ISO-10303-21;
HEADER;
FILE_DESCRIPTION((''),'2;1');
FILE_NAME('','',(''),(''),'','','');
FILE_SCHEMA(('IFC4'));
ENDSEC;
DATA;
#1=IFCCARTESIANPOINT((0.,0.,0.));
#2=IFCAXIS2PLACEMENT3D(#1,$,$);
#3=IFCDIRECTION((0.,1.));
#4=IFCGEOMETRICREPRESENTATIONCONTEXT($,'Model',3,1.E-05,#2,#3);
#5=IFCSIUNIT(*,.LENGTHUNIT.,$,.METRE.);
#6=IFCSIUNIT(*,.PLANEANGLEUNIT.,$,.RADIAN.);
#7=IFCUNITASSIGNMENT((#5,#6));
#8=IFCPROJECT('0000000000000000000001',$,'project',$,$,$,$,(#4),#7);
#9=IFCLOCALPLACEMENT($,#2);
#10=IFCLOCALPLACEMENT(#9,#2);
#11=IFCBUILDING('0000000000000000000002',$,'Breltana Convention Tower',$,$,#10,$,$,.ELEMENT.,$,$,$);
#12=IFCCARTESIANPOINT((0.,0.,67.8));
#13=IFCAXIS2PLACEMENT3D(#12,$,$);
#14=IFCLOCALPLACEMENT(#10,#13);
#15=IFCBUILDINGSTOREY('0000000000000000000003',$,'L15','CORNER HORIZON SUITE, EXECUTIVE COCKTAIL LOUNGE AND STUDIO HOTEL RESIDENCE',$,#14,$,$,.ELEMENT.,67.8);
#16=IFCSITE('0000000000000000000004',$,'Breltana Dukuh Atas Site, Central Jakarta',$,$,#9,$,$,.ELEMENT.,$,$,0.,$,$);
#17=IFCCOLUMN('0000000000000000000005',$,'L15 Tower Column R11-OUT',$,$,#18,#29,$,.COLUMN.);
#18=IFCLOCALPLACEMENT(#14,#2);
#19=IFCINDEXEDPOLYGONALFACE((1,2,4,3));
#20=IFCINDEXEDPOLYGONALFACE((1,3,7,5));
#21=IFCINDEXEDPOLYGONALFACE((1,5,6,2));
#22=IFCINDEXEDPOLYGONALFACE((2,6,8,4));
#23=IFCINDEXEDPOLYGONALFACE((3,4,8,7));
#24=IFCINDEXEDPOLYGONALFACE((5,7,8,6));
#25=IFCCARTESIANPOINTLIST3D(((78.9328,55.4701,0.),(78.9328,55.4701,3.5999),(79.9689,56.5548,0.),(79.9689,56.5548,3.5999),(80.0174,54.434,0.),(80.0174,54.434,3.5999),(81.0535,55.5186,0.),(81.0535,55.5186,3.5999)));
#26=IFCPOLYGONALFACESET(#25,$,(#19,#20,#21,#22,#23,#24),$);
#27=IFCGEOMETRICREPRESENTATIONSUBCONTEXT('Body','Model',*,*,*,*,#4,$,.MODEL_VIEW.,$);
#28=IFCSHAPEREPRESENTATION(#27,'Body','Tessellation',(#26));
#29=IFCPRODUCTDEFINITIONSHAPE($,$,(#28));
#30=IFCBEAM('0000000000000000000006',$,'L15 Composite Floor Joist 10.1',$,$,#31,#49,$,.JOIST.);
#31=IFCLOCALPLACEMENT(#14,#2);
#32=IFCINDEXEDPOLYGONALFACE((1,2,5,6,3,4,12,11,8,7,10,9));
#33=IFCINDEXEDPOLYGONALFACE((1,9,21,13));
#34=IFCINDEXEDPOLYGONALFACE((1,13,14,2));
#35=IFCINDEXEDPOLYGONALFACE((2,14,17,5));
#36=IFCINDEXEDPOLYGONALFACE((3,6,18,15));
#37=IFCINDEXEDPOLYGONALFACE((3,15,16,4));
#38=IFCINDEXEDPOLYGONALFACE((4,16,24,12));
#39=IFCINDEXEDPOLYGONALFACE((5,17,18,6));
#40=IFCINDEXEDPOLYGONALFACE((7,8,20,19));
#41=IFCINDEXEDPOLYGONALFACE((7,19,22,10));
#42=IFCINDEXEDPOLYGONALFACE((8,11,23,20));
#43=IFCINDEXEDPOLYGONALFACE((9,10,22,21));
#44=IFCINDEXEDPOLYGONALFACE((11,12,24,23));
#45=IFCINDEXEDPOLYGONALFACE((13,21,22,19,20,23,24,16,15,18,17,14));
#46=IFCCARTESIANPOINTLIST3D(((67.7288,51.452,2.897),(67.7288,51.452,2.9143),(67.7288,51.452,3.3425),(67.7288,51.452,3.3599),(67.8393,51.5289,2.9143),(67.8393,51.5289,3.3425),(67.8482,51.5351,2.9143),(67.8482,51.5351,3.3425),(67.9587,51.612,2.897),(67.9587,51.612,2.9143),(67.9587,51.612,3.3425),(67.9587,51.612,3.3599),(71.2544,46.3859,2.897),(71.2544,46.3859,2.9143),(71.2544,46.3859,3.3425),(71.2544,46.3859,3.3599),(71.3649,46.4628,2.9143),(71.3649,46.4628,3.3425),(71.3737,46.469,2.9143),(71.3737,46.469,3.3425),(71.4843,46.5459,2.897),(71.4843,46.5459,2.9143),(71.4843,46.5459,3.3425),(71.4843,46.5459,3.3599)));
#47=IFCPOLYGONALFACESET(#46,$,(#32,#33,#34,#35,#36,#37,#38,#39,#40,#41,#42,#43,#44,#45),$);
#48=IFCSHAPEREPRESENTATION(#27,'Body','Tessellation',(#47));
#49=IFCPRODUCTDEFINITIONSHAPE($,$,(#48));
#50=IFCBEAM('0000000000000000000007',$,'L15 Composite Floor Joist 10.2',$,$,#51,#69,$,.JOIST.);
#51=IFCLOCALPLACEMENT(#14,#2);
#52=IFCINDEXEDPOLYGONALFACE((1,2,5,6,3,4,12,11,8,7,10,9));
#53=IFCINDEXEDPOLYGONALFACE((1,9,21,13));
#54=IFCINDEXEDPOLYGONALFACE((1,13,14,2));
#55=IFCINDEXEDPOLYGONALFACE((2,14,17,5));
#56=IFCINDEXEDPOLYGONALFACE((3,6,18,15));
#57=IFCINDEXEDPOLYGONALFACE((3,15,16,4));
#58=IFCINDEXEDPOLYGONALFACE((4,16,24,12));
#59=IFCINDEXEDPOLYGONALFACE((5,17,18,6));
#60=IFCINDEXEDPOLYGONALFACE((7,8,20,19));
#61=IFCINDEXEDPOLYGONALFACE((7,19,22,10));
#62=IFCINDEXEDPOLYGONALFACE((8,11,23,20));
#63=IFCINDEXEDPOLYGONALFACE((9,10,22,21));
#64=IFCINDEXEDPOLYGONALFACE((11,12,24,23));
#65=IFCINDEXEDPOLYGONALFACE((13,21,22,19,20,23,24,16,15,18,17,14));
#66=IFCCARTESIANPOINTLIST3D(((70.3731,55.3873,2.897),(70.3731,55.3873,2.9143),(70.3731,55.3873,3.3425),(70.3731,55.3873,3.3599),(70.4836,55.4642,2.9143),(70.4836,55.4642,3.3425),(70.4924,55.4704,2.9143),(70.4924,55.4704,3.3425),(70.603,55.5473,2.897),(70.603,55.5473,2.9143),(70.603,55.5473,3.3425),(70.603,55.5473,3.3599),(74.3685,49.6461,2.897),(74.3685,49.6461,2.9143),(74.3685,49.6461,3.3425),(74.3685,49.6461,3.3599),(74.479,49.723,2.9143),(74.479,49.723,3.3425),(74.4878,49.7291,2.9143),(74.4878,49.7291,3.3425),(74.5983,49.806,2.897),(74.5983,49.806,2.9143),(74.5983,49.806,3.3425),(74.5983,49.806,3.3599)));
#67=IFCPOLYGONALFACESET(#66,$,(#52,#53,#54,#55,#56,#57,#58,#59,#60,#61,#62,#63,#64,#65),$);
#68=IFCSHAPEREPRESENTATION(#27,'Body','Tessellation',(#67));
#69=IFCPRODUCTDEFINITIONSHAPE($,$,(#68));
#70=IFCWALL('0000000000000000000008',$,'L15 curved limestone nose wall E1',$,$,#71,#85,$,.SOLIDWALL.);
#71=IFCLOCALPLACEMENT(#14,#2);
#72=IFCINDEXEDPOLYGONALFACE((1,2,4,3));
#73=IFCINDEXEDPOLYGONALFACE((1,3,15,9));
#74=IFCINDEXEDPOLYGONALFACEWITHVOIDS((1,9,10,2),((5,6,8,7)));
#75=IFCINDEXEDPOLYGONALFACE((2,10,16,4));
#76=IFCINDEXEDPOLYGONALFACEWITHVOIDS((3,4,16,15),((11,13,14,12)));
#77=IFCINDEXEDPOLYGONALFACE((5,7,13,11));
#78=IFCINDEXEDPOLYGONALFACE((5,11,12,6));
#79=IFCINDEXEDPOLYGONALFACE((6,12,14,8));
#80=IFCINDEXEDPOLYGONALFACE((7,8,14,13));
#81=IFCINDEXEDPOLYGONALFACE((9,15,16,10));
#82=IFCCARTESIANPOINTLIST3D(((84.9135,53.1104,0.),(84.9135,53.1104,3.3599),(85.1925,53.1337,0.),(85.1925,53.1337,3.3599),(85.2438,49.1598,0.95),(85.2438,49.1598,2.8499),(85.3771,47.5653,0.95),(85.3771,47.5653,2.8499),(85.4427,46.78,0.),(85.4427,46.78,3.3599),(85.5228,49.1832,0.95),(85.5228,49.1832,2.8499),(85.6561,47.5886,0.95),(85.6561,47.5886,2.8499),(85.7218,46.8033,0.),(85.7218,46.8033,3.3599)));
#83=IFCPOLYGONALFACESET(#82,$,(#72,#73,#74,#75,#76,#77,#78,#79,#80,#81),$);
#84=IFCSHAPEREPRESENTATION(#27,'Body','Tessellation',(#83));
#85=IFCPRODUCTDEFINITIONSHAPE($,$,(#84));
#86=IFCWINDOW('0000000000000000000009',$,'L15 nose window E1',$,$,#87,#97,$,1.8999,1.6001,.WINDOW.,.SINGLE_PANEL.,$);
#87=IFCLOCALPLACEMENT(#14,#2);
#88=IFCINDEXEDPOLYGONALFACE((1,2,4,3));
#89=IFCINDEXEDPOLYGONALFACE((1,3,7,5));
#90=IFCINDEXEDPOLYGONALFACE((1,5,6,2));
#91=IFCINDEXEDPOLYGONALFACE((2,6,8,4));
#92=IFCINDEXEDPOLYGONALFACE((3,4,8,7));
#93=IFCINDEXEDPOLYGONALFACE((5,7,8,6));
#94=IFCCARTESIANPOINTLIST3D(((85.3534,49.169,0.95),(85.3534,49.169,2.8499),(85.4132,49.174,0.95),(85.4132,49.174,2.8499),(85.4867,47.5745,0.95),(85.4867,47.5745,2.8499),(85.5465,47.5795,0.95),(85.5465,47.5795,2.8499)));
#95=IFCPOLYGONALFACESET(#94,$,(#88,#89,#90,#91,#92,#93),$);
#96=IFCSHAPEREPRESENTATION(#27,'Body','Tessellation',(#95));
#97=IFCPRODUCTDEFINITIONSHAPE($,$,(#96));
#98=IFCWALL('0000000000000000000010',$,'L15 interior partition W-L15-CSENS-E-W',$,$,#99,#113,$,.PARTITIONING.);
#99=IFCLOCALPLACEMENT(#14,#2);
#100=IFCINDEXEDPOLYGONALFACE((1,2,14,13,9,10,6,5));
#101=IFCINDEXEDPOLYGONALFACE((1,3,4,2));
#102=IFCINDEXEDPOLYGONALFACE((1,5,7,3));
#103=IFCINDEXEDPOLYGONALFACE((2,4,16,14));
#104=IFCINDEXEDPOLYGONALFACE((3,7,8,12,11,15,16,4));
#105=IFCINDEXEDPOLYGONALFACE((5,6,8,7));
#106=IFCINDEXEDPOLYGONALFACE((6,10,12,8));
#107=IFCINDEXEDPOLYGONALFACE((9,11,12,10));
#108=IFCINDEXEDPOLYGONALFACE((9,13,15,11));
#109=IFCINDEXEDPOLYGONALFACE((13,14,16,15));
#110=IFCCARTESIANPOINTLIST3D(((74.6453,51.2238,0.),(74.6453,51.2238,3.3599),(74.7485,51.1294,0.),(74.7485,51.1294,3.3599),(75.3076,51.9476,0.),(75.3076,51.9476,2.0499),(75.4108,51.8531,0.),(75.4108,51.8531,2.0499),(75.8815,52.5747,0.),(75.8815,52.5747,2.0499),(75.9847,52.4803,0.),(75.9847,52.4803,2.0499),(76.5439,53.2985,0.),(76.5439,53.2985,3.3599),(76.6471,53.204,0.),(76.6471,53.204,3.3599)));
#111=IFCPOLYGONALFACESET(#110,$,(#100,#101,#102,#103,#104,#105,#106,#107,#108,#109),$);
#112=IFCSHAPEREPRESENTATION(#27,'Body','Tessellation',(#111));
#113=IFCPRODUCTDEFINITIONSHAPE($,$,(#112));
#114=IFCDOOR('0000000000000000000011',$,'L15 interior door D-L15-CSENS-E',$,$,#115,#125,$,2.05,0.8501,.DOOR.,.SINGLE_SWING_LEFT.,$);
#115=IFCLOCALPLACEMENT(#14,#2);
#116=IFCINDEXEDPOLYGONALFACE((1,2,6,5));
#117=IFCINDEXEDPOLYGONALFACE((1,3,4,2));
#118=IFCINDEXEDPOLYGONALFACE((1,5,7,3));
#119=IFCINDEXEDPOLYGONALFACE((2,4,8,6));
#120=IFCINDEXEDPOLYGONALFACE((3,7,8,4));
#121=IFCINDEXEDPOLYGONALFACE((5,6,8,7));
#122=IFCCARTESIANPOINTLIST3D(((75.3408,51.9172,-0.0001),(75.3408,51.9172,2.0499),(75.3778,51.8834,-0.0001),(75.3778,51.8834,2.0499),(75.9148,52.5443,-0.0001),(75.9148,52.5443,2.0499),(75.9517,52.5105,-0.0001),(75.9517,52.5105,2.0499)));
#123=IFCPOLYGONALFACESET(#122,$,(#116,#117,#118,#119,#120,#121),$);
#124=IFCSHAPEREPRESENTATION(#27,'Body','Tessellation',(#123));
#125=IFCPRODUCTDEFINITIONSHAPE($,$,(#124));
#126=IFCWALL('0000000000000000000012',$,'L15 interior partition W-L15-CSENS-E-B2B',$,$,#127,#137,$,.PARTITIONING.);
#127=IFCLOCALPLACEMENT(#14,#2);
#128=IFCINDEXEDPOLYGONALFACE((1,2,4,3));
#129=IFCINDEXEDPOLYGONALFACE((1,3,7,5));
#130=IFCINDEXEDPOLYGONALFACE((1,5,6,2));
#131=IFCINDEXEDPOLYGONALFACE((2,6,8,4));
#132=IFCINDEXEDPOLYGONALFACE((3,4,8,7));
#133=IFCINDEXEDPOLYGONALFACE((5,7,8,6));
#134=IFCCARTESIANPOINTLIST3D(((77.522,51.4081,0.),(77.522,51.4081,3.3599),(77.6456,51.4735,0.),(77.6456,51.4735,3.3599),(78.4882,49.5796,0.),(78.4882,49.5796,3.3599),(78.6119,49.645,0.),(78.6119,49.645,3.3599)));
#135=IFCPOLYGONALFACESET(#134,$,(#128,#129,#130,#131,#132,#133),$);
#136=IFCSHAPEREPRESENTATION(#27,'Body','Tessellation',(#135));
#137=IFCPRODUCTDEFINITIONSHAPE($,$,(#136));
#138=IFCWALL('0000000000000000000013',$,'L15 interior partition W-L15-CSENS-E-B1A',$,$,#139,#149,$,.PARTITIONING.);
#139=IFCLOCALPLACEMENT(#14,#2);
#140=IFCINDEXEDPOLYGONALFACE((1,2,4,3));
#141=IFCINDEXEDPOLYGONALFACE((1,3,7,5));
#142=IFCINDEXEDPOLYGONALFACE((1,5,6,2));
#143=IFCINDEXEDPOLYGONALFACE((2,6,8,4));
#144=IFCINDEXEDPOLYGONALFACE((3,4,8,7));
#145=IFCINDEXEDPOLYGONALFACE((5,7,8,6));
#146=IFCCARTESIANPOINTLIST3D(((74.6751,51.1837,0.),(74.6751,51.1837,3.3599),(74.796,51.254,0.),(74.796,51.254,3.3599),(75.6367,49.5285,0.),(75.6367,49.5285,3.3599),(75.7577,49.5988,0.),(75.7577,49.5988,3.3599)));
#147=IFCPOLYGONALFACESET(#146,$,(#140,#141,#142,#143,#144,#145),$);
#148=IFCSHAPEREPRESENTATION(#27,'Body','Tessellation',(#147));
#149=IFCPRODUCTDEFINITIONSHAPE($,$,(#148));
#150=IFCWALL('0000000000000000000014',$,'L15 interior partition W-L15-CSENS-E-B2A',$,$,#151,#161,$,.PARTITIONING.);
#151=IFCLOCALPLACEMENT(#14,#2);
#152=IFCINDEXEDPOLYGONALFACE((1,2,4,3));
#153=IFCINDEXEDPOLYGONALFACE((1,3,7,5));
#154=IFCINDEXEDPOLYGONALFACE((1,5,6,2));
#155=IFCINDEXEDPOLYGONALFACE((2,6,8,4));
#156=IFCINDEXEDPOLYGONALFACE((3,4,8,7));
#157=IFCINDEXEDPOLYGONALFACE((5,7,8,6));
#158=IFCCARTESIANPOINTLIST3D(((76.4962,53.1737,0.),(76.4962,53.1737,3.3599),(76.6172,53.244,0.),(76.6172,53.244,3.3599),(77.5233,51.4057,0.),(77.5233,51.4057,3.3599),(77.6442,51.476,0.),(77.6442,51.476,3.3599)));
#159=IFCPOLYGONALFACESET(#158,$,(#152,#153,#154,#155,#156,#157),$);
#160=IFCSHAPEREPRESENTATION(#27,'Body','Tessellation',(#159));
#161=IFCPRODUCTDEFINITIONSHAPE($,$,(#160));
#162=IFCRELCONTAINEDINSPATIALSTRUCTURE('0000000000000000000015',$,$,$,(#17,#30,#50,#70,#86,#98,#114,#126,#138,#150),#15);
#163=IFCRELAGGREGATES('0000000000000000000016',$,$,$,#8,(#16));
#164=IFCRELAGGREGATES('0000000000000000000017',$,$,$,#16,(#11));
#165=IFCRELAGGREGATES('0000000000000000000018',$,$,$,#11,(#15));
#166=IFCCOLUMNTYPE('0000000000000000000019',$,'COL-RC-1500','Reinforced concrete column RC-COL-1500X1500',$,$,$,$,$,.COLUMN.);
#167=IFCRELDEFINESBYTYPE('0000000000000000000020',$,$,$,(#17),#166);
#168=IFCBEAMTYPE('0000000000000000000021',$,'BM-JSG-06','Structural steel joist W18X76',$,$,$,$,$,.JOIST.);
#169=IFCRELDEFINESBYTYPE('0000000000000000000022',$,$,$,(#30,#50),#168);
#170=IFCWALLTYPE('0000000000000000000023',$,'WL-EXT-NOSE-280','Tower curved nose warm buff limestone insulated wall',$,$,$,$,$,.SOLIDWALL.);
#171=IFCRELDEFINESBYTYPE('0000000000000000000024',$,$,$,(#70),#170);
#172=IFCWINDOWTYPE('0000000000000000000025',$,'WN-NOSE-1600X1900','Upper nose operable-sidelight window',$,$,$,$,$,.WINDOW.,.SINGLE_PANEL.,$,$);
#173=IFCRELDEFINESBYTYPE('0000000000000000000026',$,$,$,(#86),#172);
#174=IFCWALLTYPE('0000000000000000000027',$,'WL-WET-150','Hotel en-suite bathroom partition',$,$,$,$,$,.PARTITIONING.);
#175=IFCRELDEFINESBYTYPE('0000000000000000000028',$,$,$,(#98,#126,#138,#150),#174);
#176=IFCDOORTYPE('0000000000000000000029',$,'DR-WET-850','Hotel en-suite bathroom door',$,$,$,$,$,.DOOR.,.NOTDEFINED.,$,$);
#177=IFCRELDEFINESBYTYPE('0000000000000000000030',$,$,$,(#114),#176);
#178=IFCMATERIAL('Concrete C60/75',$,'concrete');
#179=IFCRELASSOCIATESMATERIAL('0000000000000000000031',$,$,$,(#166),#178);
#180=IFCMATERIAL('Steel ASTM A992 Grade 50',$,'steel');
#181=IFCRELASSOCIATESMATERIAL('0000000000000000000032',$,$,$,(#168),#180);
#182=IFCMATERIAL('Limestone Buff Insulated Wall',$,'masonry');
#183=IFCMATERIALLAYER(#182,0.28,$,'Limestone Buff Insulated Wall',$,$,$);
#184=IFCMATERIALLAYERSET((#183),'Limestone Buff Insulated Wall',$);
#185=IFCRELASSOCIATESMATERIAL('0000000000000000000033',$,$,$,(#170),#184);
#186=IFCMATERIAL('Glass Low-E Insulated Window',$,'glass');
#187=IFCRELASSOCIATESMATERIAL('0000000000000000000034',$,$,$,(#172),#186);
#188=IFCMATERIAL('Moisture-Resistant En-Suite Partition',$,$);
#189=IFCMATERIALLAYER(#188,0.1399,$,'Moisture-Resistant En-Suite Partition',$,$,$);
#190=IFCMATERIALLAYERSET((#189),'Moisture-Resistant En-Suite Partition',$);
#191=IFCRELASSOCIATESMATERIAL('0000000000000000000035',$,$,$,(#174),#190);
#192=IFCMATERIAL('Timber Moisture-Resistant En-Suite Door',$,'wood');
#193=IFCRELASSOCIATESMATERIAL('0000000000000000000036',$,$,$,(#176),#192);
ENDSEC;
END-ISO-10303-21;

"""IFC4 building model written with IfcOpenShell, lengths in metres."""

from ifc_helpers import new_model, si_unit, direction, frame, frame_2d, origin, origin_2d, place, context, subcontext, project, spatial, rectangle, i_section, extrude, source, transform, mapped, material, layer, layer_set, material_profile, profile_set, type_object, type_shapes, element, fill, save


model = new_model("IFC4")

# Units and contexts
model_context = context("Model", 3, precision=1e-05, world=origin(), true_north=direction((0.0, 1.0)))
body_context = subcontext(model_context, "Body", "Model", "MODEL_VIEW")
ifc_project = project(units=[si_unit("LENGTHUNIT", "METRE"), si_unit("PLANEANGLEUNIT", "RADIAN")], contexts=[model_context])

# Site, building, storey
site_placement = place(None, origin())
site = spatial("IfcSite", under=ifc_project, at=site_placement, Name="Breltana Dukuh Atas Site, Central Jakarta", CompositionType="ELEMENT", RefElevation=0.0)
building_placement = place(site_placement, origin())
building = spatial("IfcBuilding", under=site, at=building_placement, Name="Breltana Convention Tower", CompositionType="ELEMENT")
storey_placement = place(building_placement, frame((0.0, 0.0, 67.8)))
storey = spatial("IfcBuildingStorey", under=building, at=storey_placement, Name="L15", Description="CORNER HORIZON SUITE, EXECUTIVE COCKTAIL LOUNGE AND STUDIO HOTEL RESIDENCE", CompositionType="ELEMENT", Elevation=67.8)

# Column
ifc_material_1 = material(Name="Concrete C60/75", Category="concrete")
ifc_material_profile_1 = material_profile(ifc_material_1, rectangle(XDim=1.5, YDim=1.5, at=origin_2d()), Name="RC-COL-1500X1500")
ifc_profile_set_1 = profile_set([ifc_material_profile_1], Name="Concrete C60/75")
column_type = type_object("IfcColumnType", Name="COL-RC-1500", Description="Reinforced concrete column RC-COL-1500X1500", PredefinedType="COLUMN", material=ifc_profile_set_1)
shared_shape_1 = source(origin(), body_context, "Body", "SweptSolid", [
    extrude(rectangle(XDim=1.5, YDim=1.5, at=origin_2d()), origin(), (0.0, 0.0, 1.0), 3.5999),
])
column_placement = place(storey_placement, frame((79.9932, 55.4944, 0.0), z_axis=(0.0, 0.0, 1.0), x_axis=(0.690756, 0.723088, 0.0)))
element("IfcColumn", 1, at=column_placement, inside=storey, type_object=column_type, Name="L15 Tower Column R11-OUT", PredefinedType="COLUMN", context=body_context, shape_type="MappedRepresentation", body=[
    mapped(shared_shape_1, transform((0.0, 0.0, 0.0), scale=1.0)),
])

# Beams
ifc_material_2 = material(Name="Steel ASTM A992 Grade 50", Category="steel")
ifc_material_profile_2 = material_profile(ifc_material_2, i_section(OverallWidth=0.28, OverallDepth=0.4629, WebThickness=0.0107, FlangeThickness=0.0173, at=origin_2d()), Name="W18X76")
ifc_profile_set_2 = profile_set([ifc_material_profile_2], Name="Steel ASTM A992 Grade 50")
beam_type = type_object("IfcBeamType", Name="BM-JSG-06", Description="Structural steel joist W18X76", PredefinedType="JOIST", material=ifc_profile_set_2)
shared_shape_2 = source(origin(), body_context, "Body", "SweptSolid", [
    extrude(i_section(OverallWidth=0.28, OverallDepth=0.4629, WebThickness=0.0107, FlangeThickness=0.0173, at=origin_2d()), origin(), (0.0, 0.0, 1.0), 6.1721),
])
beam_1_placement = place(storey_placement, frame((67.8438, 51.532, 3.1284), z_axis=(0.571212, -0.820803, 0.0), x_axis=(0.820803, 0.571212, 0.0)))
element("IfcBeam", 2, at=beam_1_placement, inside=storey, type_object=beam_type, Name="L15 Composite Floor Joist 10.1", PredefinedType="JOIST", context=body_context, shape_type="MappedRepresentation", body=[
    mapped(shared_shape_2, transform((0.0, 0.0, 0.0), scale=1.0)),
])
shared_shape_3 = source(origin(), body_context, "Body", "SweptSolid", [
    extrude(i_section(OverallWidth=0.28, OverallDepth=0.4629, WebThickness=0.0107, FlangeThickness=0.0173, at=origin_2d()), origin(), (0.0, 0.0, 1.0), 6.9946),
])
beam_2_placement = place(storey_placement, frame((70.488, 55.4673, 3.1284), z_axis=(0.571207, -0.820806, 0.0), x_axis=(0.820806, 0.571207, 0.0)))
element("IfcBeam", 3, at=beam_2_placement, inside=storey, type_object=beam_type, Name="L15 Composite Floor Joist 10.2", PredefinedType="JOIST", context=body_context, shape_type="MappedRepresentation", body=[
    mapped(shared_shape_3, transform((0.0, 0.0, 0.0), scale=1.0)),
])

# Wall, opening, window
ifc_material_3 = material(Name="Limestone Buff Insulated Wall", Category="masonry")
ifc_layer_1 = layer(ifc_material_3, 0.28, Name="Limestone Buff Insulated Wall")
ifc_layer_set_1 = layer_set([ifc_layer_1], Name="Limestone Buff Insulated Wall")
wall_type_1 = type_object("IfcWallType", Name="WL-EXT-NOSE-280", Description="Tower curved nose warm buff limestone insulated wall", PredefinedType="SOLIDWALL", material=ifc_layer_set_1)
shared_shape_4 = source(origin(), body_context, "Body", "SweptSolid", [
    extrude(rectangle(XDim=6.3525, YDim=0.28, at=frame_2d((3.1763, 0.0))), origin(), (0.0, 0.0, 1.0), 3.3599),
])
wall_1_placement = place(storey_placement, frame((85.053, 53.1221, 0.0), z_axis=(0.0, 0.0, 1.0), x_axis=(0.083319, -0.996523, 0.0)))
wall_1 = element("IfcWall", 4, at=wall_1_placement, inside=storey, type_object=wall_type_1, Name="L15 curved limestone nose wall E1", PredefinedType="SOLIDWALL", context=body_context, shape_type="MappedRepresentation", body=[
    mapped(shared_shape_4, transform((0.0, 0.0, 0.0), scale=1.0)),
])
opening_1_placement = place(wall_1_placement, frame((3.9644, 0.0, 0.95)))
opening_1 = element("IfcOpeningElement", 5, at=opening_1_placement, cuts=wall_1, PredefinedType="OPENING", context=body_context, shape_type="SweptSolid", body=[
    extrude(rectangle(XDim=1.6001, YDim=1.8999, at=frame_2d((0.8, 0.95))), frame((0.0, 0.1499, 0.0), z_axis=(0.0, -1.0, 0.0), x_axis=(1.0, 0.0, 0.0)), (0.0, 0.0, 1.0), 0.3),
])
ifc_material_4 = material(Name="Glass Low-E Insulated Window", Category="glass")
window_type = type_object("IfcWindowType", Name="WN-NOSE-1600X1900", Description="Upper nose operable-sidelight window", PartitioningType="SINGLE_PANEL", PredefinedType="WINDOW", material=ifc_material_4)
shared_shape_5 = source(origin(), body_context, "Body", "SweptSolid", [
    extrude(rectangle(XDim=1.6001, YDim=1.8999, at=frame_2d((0.8, 0.95))), frame((0.0, 0.03, 0.0), z_axis=(0.0, -1.0, 0.0), x_axis=(1.0, 0.0, 0.0)), (0.0, 0.0, 1.0), 0.0601),
])
type_shapes(window_type, [shared_shape_5])
window_placement = place(opening_1_placement, origin())
window = element("IfcWindow", 6, at=window_placement, inside=storey, type_object=window_type, Name="L15 nose window E1", OverallHeight=1.8999, OverallWidth=1.6001, PartitioningType="SINGLE_PANEL", PredefinedType="WINDOW", context=body_context, shape_type="MappedRepresentation", body=[
    mapped(shared_shape_5, transform((0.0, 0.0, 0.0), scale=1.0)),
])
fill(opening_1, window)

# Wall, opening, door
ifc_material_5 = material(Name="Moisture-Resistant En-Suite Partition")
ifc_layer_2 = layer(ifc_material_5, 0.1399, Name="Moisture-Resistant En-Suite Partition")
ifc_layer_set_2 = layer_set([ifc_layer_2], Name="Moisture-Resistant En-Suite Partition")
wall_type_2 = type_object("IfcWallType", Name="WL-WET-150", Description="Hotel en-suite bathroom partition", PredefinedType="PARTITIONING", material=ifc_layer_set_2)
shared_shape_6 = source(origin(), body_context, "Body", "SweptSolid", [
    extrude(rectangle(XDim=2.8123, YDim=0.1399, at=frame_2d((1.4062, 0.0))), origin(), (0.0, 0.0, 1.0), 3.3599),
])
wall_2_placement = place(storey_placement, frame((74.6968, 51.1765, 0.0), z_axis=(0.0, 0.0, 1.0), x_axis=(0.675119, 0.737709, 0.0)))
wall_2 = element("IfcWall", 7, at=wall_2_placement, inside=storey, type_object=wall_type_2, Name="L15 interior partition W-L15-CSENS-E-W", PredefinedType="PARTITIONING", context=body_context, shape_type="MappedRepresentation", body=[
    mapped(shared_shape_6, transform((0.0, 0.0, 0.0), scale=1.0)),
])
opening_2_placement = place(wall_2_placement, frame((0.9812, 0.0, 0.0)))
opening_2 = element("IfcOpeningElement", 8, at=opening_2_placement, cuts=wall_2, PredefinedType="OPENING", context=body_context, shape_type="SweptSolid", body=[
    extrude(rectangle(XDim=0.8501, YDim=2.05, at=frame_2d((0.425, 1.0249))), frame((0.0, 0.0801, 0.0), z_axis=(0.0, -1.0, 0.0), x_axis=(1.0, 0.0, 0.0)), (0.0, 0.0, 1.0), 0.1599),
])
ifc_material_6 = material(Name="Timber Moisture-Resistant En-Suite Door", Category="wood")
door_type_1 = type_object("IfcDoorType", Name="DR-WET-850", Description="Hotel en-suite bathroom door", OperationType="NOTDEFINED", PredefinedType="DOOR", material=ifc_material_6)
shared_shape_7 = source(origin(), body_context, "Body", "SweptSolid", [
    extrude(rectangle(XDim=0.8501, YDim=2.05, at=frame_2d((0.425, 1.0249))), frame((0.0, 0.0249, 0.0), z_axis=(0.0, -1.0, 0.0), x_axis=(1.0, 0.0, 0.0)), (0.0, 0.0, 1.0), 0.05),
])
type_shapes(door_type_1, [shared_shape_7])
door_1_placement = place(opening_2_placement, origin())
door_1 = element("IfcDoor", 9, at=door_1_placement, inside=storey, type_object=door_type_1, Name="L15 interior door D-L15-CSENS-E", OperationType="SINGLE_SWING_LEFT", OverallHeight=2.05, OverallWidth=0.8501, PredefinedType="DOOR", context=body_context, shape_type="MappedRepresentation", body=[
    mapped(shared_shape_7, transform((0.0, 0.0, 0.0), scale=1.0)),
])
fill(opening_2, door_1)

# Walls
shared_shape_8 = source(origin(), body_context, "Body", "SweptSolid", [
    extrude(rectangle(XDim=2.0681, YDim=0.1399, at=frame_2d((1.0342, 0.0))), origin(), (0.0, 0.0, 1.0), 3.3599),
])
wall_3_placement = place(storey_placement, frame((77.5837, 51.4409, 0.0), z_axis=(0.0, 0.0, 1.0), x_axis=(0.467215, -0.884144, 0.0)))
element("IfcWall", 10, at=wall_3_placement, inside=storey, type_object=wall_type_2, Name="L15 interior partition W-L15-CSENS-E-B2B", PredefinedType="PARTITIONING", context=body_context, shape_type="MappedRepresentation", body=[
    mapped(shared_shape_8, transform((0.0, 0.0, 0.0), scale=1.0)),
])
shared_shape_9 = source(origin(), body_context, "Body", "SweptSolid", [
    extrude(rectangle(XDim=1.9143, YDim=0.1399, at=frame_2d((0.957, 0.0))), origin(), (0.0, 0.0, 1.0), 3.3599),
])
wall_4_placement = place(storey_placement, frame((74.7356, 51.2188, 0.0), z_axis=(0.0, 0.0, 1.0), x_axis=(0.502348, -0.864666, 0.0)))
element("IfcWall", 11, at=wall_4_placement, inside=storey, type_object=wall_type_2, Name="L15 interior partition W-L15-CSENS-E-B1A", PredefinedType="PARTITIONING", context=body_context, shape_type="MappedRepresentation", body=[
    mapped(shared_shape_9, transform((0.0, 0.0, 0.0), scale=1.0)),
])
shared_shape_10 = source(origin(), body_context, "Body", "SweptSolid", [
    extrude(rectangle(XDim=2.0447, YDim=0.1399, at=frame_2d((1.0225, 0.0))), origin(), (0.0, 0.0, 1.0), 3.3599),
])
wall_5_placement = place(storey_placement, frame((76.5566, 53.209, 0.0), z_axis=(0.0, 0.0, 1.0), x_axis=(0.502311, -0.864687, 0.0)))
element("IfcWall", 12, at=wall_5_placement, inside=storey, type_object=wall_type_2, Name="L15 interior partition W-L15-CSENS-E-B2A", PredefinedType="PARTITIONING", context=body_context, shape_type="MappedRepresentation", body=[
    mapped(shared_shape_10, transform((0.0, 0.0, 0.0), scale=1.0)),
])

save(model, "model.ifc")
